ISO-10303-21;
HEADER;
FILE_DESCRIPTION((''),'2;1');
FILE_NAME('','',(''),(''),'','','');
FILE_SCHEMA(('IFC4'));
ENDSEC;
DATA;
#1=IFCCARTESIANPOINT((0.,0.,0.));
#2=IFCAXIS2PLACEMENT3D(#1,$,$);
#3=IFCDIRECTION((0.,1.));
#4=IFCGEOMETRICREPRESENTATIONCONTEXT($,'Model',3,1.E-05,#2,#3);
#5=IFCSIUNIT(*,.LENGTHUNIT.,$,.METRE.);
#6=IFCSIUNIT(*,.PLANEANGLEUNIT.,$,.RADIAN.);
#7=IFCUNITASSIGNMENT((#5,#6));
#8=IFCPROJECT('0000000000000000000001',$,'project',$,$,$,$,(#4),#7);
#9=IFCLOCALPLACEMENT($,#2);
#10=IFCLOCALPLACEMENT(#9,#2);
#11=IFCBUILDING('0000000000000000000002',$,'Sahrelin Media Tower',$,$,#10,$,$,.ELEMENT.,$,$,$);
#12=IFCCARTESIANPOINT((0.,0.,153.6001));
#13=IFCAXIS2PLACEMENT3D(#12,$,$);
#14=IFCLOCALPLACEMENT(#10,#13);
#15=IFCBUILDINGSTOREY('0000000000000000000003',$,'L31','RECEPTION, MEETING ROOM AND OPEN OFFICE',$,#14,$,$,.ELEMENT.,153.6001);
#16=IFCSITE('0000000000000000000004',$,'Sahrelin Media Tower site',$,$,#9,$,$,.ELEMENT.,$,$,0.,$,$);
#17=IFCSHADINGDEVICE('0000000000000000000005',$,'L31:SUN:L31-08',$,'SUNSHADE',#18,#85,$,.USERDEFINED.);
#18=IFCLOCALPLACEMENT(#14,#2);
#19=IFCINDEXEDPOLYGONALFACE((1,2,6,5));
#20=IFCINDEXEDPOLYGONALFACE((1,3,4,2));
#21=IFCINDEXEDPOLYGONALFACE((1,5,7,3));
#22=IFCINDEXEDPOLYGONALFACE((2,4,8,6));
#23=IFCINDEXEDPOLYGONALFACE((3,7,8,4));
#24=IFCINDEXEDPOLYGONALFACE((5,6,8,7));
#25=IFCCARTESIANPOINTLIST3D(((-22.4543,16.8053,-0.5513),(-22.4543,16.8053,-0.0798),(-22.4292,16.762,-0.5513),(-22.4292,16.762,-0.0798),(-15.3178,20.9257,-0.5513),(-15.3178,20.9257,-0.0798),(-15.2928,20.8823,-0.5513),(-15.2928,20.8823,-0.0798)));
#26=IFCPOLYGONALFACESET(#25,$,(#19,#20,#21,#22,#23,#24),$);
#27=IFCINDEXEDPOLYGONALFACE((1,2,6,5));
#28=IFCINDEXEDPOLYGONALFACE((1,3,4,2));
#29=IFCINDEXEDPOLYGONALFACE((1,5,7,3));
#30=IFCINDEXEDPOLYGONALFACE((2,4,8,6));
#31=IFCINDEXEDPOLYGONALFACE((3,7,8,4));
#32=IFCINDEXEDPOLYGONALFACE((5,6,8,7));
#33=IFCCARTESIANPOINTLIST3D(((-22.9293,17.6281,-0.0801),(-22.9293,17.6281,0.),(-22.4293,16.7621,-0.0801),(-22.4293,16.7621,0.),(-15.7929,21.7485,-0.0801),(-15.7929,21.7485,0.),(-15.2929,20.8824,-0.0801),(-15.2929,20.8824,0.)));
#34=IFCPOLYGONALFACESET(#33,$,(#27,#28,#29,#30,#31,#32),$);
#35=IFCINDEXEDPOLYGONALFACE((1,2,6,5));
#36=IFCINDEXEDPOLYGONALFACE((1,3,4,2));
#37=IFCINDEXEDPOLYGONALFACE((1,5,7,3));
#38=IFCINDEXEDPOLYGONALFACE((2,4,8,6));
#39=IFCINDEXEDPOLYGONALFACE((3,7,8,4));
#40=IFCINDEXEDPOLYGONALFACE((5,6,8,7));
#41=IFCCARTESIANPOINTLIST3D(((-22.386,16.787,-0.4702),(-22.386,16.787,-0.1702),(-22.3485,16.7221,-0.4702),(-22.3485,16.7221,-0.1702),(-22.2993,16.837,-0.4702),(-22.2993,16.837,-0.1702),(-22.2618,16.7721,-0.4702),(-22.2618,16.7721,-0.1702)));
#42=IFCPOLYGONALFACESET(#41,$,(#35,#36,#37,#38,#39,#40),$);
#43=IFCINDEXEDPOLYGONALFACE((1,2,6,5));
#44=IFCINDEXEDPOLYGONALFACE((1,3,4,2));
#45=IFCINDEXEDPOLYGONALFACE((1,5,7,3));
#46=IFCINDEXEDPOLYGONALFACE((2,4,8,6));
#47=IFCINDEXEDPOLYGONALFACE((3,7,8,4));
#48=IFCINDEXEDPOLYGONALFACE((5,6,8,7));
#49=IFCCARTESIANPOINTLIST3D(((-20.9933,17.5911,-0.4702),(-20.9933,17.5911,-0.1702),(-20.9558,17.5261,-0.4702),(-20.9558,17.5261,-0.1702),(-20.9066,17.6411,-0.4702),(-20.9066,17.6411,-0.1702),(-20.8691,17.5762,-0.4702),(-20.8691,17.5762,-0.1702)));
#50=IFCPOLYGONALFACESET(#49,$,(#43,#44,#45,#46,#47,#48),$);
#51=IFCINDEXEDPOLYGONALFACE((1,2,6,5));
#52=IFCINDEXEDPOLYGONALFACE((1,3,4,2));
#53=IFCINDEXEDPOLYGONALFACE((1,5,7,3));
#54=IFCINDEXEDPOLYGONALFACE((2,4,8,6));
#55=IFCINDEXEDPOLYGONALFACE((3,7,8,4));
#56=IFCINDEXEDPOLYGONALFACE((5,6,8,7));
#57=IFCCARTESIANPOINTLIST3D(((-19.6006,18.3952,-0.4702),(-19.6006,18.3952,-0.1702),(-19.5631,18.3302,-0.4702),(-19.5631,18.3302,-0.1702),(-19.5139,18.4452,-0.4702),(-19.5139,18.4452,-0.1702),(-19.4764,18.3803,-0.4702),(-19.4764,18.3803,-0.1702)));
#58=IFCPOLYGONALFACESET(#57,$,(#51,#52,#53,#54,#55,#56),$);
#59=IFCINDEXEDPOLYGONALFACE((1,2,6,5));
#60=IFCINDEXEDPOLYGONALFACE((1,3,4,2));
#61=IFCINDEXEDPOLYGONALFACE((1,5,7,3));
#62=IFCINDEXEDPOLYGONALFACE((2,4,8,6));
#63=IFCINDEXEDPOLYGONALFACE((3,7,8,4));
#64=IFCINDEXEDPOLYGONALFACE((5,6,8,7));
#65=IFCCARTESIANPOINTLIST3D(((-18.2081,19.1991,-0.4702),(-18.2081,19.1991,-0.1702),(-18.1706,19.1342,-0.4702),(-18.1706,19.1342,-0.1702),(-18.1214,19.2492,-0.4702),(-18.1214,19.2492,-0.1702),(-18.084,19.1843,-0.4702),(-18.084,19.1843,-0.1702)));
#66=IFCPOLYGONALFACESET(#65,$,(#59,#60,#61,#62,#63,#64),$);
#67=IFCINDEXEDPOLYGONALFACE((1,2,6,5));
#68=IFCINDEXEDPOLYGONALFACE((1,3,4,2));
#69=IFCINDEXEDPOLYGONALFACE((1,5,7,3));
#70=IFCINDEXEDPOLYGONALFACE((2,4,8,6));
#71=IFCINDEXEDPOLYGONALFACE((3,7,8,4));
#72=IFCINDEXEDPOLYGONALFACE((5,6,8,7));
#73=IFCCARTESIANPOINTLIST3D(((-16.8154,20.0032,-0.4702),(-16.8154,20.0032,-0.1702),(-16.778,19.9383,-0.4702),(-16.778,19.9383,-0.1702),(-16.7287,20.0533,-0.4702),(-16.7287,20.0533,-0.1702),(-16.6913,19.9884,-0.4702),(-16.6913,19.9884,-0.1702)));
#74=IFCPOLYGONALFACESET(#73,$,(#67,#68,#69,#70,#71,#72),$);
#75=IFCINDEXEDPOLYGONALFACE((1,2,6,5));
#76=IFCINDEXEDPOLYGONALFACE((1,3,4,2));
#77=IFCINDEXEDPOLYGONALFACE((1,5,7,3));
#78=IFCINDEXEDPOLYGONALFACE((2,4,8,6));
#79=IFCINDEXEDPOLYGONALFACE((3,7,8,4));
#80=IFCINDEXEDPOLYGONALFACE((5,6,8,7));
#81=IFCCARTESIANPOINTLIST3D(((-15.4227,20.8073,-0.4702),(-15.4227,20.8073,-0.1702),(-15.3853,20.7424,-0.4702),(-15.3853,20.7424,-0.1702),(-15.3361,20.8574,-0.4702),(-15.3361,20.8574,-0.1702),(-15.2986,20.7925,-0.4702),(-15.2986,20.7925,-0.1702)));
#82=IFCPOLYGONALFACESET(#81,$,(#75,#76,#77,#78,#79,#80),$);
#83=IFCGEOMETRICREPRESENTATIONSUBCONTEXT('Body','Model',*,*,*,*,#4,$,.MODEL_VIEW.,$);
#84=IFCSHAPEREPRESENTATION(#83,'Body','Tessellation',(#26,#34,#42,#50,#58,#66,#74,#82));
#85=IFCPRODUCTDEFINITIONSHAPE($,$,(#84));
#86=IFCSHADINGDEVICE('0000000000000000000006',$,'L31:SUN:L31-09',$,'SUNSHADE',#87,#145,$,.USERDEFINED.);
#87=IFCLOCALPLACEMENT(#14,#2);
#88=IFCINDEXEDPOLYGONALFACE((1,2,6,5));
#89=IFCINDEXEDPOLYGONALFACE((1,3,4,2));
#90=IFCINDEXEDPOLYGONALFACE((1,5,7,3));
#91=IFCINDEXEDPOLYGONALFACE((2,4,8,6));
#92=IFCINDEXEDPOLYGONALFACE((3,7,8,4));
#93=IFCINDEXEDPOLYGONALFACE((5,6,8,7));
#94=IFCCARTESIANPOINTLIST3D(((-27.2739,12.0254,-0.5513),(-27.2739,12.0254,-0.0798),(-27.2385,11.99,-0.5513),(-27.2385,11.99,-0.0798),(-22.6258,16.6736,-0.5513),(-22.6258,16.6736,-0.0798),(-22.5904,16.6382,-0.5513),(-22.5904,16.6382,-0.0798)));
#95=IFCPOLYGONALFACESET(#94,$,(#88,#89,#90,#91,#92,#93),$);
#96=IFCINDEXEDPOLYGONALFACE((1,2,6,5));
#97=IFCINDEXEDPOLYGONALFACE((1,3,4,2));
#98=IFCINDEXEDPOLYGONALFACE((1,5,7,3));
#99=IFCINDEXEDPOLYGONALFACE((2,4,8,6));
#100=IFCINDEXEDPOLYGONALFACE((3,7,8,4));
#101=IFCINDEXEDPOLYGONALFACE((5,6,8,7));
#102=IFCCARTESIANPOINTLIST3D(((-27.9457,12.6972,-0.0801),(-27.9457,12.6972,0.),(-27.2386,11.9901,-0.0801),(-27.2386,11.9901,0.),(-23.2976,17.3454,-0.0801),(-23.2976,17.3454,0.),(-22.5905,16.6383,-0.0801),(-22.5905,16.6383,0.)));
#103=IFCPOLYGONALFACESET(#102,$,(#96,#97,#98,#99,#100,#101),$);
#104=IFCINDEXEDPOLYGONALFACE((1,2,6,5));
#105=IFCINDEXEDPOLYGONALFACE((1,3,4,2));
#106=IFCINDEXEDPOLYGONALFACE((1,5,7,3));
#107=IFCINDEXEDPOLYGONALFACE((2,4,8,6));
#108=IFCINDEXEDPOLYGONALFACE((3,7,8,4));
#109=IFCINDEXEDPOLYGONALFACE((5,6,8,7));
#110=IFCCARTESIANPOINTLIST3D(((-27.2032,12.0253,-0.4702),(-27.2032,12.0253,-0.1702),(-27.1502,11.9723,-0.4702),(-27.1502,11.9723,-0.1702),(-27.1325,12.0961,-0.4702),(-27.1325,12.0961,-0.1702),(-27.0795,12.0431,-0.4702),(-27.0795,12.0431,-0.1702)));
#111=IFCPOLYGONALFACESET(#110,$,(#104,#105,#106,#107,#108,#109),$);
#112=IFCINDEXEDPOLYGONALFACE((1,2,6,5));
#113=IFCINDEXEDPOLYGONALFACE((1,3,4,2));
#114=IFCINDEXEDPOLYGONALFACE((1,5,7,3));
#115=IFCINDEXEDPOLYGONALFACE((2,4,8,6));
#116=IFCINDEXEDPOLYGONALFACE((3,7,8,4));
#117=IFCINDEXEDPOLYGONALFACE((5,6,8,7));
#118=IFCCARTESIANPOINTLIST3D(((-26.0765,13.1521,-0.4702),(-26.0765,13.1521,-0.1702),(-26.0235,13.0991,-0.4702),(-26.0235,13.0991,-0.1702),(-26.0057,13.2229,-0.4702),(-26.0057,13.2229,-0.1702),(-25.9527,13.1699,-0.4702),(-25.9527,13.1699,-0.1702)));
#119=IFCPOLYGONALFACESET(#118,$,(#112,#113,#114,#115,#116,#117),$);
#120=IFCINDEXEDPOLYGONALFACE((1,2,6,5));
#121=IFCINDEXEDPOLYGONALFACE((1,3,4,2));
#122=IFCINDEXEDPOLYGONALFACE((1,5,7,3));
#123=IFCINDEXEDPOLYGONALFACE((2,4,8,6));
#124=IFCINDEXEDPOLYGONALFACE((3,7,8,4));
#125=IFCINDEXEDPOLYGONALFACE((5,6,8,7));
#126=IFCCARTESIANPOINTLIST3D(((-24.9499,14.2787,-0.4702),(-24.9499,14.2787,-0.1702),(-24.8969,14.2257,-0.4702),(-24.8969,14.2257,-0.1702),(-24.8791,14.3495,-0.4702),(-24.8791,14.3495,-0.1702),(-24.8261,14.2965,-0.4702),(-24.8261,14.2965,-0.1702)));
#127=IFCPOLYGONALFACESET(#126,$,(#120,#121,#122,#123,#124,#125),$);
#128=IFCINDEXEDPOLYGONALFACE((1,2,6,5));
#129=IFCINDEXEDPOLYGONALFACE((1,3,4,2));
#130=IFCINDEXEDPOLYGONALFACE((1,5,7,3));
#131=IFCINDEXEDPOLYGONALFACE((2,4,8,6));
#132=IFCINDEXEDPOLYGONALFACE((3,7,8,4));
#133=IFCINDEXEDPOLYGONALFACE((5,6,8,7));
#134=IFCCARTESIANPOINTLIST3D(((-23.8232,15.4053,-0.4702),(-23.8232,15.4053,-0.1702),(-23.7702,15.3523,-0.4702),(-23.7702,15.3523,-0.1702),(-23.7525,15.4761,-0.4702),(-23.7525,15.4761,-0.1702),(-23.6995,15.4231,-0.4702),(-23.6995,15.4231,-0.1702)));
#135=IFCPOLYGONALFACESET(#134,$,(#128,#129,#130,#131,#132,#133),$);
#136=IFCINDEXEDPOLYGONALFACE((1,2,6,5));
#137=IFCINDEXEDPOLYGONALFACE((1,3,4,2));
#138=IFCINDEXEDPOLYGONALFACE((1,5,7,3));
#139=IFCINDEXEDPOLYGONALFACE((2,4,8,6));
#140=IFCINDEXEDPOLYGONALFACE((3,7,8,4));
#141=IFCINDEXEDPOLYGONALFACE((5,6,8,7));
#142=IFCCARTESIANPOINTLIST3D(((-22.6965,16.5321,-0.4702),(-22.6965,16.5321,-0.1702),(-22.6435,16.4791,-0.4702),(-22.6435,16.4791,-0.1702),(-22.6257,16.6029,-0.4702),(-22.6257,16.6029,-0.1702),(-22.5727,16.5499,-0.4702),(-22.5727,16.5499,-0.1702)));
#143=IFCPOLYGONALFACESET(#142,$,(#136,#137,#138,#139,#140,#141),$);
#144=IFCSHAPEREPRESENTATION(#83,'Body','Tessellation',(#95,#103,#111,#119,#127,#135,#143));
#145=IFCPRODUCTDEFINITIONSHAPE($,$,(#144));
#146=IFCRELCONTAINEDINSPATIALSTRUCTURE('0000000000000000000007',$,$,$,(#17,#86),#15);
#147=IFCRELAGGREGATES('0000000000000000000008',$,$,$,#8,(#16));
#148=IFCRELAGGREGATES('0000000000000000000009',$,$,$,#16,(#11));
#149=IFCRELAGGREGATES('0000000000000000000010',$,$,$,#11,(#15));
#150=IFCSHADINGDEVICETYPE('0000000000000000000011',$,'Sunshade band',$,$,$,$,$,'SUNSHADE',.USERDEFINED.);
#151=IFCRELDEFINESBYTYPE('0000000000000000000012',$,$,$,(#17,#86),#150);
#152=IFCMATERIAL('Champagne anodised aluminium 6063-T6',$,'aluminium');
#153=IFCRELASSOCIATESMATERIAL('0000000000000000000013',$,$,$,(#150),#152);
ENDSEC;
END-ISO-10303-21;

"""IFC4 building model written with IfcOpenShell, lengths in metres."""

from ifc_helpers import new_model, si_unit, direction, frame, origin, origin_2d, place, context, subcontext, project, spatial, rectangle, extrude, material, type_object, element, save


model = new_model("IFC4")

# Units and contexts
model_context = context("Model", 3, precision=1e-05, world=origin(), true_north=direction((0.0, 1.0)))
body_context = subcontext(model_context, "Body", "Model", "MODEL_VIEW")
ifc_project = project(units=[si_unit("LENGTHUNIT", "METRE"), si_unit("PLANEANGLEUNIT", "RADIAN")], contexts=[model_context])

# Site, building, storey
site_placement = place(None, origin())
site = spatial("IfcSite", under=ifc_project, at=site_placement, Name="Sahrelin Media Tower site", CompositionType="ELEMENT", RefElevation=0.0)
building_placement = place(site_placement, origin())
building = spatial("IfcBuilding", under=site, at=building_placement, Name="Sahrelin Media Tower", CompositionType="ELEMENT")
storey_placement = place(building_placement, frame((0.0, 0.0, 153.6001)))
storey = spatial("IfcBuildingStorey", under=building, at=storey_placement, Name="L31", Description="RECEPTION, MEETING ROOM AND OPEN OFFICE", CompositionType="ELEMENT", Elevation=153.6001)

# Shared definitions
ifc_material_1 = material(Name="Champagne anodised aluminium 6063-T6", Category="aluminium")

# Shading devices
placement_1 = place(storey_placement, frame((-18.8511, 18.8049, 0.0), z_axis=(0.0, 0.0, 1.0), x_axis=(0.866019, 0.500011, 0.0)))
placement_2 = place(storey_placement, frame((-24.9004, 14.3, 0.0), z_axis=(0.0, 0.0, 1.0), x_axis=(0.707107, 0.707107, 0.0)))
shading_device_type_1 = type_object("IfcShadingDeviceType", Name="Sunshade band", ElementType="SUNSHADE", PredefinedType="USERDEFINED", material=ifc_material_1)
element("IfcShadingDevice", 1, at=placement_1, inside=storey, type_object=shading_device_type_1, Name="L31:SUN:L31-08", ObjectType="SUNSHADE", PredefinedType="USERDEFINED", context=body_context, shape_type="SweptSolid", body=[
    extrude(rectangle(XDim=8.2405, YDim=0.05, at=origin_2d()), frame((0.0, 0.0449, -0.5513)), (0.0, 0.0, 1.0), 0.4714),
    extrude(rectangle(XDim=8.2405, YDim=1.0, at=origin_2d()), frame((0.0, 0.52, -0.0801)), (0.0, 0.0, 1.0), 0.0801),
    extrude(rectangle(XDim=0.1001, YDim=0.075, at=origin_2d()), frame((-4.0203, -0.0176, -0.4702)), (0.0, 0.0, 1.0), 0.3),
    extrude(rectangle(XDim=0.1001, YDim=0.075, at=origin_2d()), frame((-2.4121, -0.0176, -0.4702)), (0.0, 0.0, 1.0), 0.3),
    extrude(rectangle(XDim=0.1001, YDim=0.075, at=origin_2d()), frame((-0.804, -0.0176, -0.4702)), (0.0, 0.0, 1.0), 0.3),
    extrude(rectangle(XDim=0.1001, YDim=0.075, at=origin_2d()), frame((0.804, -0.0176, -0.4702)), (0.0, 0.0, 1.0), 0.3),
    extrude(rectangle(XDim=0.1001, YDim=0.075, at=origin_2d()), frame((2.4121, -0.0176, -0.4702)), (0.0, 0.0, 1.0), 0.3),
    extrude(rectangle(XDim=0.1001, YDim=0.075, at=origin_2d()), frame((4.0203, -0.0176, -0.4702)), (0.0, 0.0, 1.0), 0.3),
])
element("IfcShadingDevice", 2, at=placement_2, inside=storey, type_object=shading_device_type_1, Name="L31:SUN:L31-09", ObjectType="SUNSHADE", PredefinedType="USERDEFINED", context=body_context, shape_type="SweptSolid", body=[
    extrude(rectangle(XDim=6.5735, YDim=0.05, at=origin_2d()), frame((0.0, 0.0449, -0.5513)), (0.0, 0.0, 1.0), 0.4714),
    extrude(rectangle(XDim=6.5735, YDim=1.0, at=origin_2d()), frame((0.0, 0.52, -0.0801)), (0.0, 0.0, 1.0), 0.0801),
    extrude(rectangle(XDim=0.1001, YDim=0.075, at=origin_2d()), frame((-3.1868, -0.0176, -0.4702)), (0.0, 0.0, 1.0), 0.3),
    extrude(rectangle(XDim=0.1001, YDim=0.075, at=origin_2d()), frame((-1.5933, -0.0176, -0.4702)), (0.0, 0.0, 1.0), 0.3),
    extrude(rectangle(XDim=0.1001, YDim=0.075, at=origin_2d()), frame((0.0, -0.0176, -0.4702)), (0.0, 0.0, 1.0), 0.3),
    extrude(rectangle(XDim=0.1001, YDim=0.075, at=origin_2d()), frame((1.5933, -0.0176, -0.4702)), (0.0, 0.0, 1.0), 0.3),
    extrude(rectangle(XDim=0.1001, YDim=0.075, at=origin_2d()), frame((3.1868, -0.0176, -0.4702)), (0.0, 0.0, 1.0), 0.3),
])

save(model, "model.ifc")
